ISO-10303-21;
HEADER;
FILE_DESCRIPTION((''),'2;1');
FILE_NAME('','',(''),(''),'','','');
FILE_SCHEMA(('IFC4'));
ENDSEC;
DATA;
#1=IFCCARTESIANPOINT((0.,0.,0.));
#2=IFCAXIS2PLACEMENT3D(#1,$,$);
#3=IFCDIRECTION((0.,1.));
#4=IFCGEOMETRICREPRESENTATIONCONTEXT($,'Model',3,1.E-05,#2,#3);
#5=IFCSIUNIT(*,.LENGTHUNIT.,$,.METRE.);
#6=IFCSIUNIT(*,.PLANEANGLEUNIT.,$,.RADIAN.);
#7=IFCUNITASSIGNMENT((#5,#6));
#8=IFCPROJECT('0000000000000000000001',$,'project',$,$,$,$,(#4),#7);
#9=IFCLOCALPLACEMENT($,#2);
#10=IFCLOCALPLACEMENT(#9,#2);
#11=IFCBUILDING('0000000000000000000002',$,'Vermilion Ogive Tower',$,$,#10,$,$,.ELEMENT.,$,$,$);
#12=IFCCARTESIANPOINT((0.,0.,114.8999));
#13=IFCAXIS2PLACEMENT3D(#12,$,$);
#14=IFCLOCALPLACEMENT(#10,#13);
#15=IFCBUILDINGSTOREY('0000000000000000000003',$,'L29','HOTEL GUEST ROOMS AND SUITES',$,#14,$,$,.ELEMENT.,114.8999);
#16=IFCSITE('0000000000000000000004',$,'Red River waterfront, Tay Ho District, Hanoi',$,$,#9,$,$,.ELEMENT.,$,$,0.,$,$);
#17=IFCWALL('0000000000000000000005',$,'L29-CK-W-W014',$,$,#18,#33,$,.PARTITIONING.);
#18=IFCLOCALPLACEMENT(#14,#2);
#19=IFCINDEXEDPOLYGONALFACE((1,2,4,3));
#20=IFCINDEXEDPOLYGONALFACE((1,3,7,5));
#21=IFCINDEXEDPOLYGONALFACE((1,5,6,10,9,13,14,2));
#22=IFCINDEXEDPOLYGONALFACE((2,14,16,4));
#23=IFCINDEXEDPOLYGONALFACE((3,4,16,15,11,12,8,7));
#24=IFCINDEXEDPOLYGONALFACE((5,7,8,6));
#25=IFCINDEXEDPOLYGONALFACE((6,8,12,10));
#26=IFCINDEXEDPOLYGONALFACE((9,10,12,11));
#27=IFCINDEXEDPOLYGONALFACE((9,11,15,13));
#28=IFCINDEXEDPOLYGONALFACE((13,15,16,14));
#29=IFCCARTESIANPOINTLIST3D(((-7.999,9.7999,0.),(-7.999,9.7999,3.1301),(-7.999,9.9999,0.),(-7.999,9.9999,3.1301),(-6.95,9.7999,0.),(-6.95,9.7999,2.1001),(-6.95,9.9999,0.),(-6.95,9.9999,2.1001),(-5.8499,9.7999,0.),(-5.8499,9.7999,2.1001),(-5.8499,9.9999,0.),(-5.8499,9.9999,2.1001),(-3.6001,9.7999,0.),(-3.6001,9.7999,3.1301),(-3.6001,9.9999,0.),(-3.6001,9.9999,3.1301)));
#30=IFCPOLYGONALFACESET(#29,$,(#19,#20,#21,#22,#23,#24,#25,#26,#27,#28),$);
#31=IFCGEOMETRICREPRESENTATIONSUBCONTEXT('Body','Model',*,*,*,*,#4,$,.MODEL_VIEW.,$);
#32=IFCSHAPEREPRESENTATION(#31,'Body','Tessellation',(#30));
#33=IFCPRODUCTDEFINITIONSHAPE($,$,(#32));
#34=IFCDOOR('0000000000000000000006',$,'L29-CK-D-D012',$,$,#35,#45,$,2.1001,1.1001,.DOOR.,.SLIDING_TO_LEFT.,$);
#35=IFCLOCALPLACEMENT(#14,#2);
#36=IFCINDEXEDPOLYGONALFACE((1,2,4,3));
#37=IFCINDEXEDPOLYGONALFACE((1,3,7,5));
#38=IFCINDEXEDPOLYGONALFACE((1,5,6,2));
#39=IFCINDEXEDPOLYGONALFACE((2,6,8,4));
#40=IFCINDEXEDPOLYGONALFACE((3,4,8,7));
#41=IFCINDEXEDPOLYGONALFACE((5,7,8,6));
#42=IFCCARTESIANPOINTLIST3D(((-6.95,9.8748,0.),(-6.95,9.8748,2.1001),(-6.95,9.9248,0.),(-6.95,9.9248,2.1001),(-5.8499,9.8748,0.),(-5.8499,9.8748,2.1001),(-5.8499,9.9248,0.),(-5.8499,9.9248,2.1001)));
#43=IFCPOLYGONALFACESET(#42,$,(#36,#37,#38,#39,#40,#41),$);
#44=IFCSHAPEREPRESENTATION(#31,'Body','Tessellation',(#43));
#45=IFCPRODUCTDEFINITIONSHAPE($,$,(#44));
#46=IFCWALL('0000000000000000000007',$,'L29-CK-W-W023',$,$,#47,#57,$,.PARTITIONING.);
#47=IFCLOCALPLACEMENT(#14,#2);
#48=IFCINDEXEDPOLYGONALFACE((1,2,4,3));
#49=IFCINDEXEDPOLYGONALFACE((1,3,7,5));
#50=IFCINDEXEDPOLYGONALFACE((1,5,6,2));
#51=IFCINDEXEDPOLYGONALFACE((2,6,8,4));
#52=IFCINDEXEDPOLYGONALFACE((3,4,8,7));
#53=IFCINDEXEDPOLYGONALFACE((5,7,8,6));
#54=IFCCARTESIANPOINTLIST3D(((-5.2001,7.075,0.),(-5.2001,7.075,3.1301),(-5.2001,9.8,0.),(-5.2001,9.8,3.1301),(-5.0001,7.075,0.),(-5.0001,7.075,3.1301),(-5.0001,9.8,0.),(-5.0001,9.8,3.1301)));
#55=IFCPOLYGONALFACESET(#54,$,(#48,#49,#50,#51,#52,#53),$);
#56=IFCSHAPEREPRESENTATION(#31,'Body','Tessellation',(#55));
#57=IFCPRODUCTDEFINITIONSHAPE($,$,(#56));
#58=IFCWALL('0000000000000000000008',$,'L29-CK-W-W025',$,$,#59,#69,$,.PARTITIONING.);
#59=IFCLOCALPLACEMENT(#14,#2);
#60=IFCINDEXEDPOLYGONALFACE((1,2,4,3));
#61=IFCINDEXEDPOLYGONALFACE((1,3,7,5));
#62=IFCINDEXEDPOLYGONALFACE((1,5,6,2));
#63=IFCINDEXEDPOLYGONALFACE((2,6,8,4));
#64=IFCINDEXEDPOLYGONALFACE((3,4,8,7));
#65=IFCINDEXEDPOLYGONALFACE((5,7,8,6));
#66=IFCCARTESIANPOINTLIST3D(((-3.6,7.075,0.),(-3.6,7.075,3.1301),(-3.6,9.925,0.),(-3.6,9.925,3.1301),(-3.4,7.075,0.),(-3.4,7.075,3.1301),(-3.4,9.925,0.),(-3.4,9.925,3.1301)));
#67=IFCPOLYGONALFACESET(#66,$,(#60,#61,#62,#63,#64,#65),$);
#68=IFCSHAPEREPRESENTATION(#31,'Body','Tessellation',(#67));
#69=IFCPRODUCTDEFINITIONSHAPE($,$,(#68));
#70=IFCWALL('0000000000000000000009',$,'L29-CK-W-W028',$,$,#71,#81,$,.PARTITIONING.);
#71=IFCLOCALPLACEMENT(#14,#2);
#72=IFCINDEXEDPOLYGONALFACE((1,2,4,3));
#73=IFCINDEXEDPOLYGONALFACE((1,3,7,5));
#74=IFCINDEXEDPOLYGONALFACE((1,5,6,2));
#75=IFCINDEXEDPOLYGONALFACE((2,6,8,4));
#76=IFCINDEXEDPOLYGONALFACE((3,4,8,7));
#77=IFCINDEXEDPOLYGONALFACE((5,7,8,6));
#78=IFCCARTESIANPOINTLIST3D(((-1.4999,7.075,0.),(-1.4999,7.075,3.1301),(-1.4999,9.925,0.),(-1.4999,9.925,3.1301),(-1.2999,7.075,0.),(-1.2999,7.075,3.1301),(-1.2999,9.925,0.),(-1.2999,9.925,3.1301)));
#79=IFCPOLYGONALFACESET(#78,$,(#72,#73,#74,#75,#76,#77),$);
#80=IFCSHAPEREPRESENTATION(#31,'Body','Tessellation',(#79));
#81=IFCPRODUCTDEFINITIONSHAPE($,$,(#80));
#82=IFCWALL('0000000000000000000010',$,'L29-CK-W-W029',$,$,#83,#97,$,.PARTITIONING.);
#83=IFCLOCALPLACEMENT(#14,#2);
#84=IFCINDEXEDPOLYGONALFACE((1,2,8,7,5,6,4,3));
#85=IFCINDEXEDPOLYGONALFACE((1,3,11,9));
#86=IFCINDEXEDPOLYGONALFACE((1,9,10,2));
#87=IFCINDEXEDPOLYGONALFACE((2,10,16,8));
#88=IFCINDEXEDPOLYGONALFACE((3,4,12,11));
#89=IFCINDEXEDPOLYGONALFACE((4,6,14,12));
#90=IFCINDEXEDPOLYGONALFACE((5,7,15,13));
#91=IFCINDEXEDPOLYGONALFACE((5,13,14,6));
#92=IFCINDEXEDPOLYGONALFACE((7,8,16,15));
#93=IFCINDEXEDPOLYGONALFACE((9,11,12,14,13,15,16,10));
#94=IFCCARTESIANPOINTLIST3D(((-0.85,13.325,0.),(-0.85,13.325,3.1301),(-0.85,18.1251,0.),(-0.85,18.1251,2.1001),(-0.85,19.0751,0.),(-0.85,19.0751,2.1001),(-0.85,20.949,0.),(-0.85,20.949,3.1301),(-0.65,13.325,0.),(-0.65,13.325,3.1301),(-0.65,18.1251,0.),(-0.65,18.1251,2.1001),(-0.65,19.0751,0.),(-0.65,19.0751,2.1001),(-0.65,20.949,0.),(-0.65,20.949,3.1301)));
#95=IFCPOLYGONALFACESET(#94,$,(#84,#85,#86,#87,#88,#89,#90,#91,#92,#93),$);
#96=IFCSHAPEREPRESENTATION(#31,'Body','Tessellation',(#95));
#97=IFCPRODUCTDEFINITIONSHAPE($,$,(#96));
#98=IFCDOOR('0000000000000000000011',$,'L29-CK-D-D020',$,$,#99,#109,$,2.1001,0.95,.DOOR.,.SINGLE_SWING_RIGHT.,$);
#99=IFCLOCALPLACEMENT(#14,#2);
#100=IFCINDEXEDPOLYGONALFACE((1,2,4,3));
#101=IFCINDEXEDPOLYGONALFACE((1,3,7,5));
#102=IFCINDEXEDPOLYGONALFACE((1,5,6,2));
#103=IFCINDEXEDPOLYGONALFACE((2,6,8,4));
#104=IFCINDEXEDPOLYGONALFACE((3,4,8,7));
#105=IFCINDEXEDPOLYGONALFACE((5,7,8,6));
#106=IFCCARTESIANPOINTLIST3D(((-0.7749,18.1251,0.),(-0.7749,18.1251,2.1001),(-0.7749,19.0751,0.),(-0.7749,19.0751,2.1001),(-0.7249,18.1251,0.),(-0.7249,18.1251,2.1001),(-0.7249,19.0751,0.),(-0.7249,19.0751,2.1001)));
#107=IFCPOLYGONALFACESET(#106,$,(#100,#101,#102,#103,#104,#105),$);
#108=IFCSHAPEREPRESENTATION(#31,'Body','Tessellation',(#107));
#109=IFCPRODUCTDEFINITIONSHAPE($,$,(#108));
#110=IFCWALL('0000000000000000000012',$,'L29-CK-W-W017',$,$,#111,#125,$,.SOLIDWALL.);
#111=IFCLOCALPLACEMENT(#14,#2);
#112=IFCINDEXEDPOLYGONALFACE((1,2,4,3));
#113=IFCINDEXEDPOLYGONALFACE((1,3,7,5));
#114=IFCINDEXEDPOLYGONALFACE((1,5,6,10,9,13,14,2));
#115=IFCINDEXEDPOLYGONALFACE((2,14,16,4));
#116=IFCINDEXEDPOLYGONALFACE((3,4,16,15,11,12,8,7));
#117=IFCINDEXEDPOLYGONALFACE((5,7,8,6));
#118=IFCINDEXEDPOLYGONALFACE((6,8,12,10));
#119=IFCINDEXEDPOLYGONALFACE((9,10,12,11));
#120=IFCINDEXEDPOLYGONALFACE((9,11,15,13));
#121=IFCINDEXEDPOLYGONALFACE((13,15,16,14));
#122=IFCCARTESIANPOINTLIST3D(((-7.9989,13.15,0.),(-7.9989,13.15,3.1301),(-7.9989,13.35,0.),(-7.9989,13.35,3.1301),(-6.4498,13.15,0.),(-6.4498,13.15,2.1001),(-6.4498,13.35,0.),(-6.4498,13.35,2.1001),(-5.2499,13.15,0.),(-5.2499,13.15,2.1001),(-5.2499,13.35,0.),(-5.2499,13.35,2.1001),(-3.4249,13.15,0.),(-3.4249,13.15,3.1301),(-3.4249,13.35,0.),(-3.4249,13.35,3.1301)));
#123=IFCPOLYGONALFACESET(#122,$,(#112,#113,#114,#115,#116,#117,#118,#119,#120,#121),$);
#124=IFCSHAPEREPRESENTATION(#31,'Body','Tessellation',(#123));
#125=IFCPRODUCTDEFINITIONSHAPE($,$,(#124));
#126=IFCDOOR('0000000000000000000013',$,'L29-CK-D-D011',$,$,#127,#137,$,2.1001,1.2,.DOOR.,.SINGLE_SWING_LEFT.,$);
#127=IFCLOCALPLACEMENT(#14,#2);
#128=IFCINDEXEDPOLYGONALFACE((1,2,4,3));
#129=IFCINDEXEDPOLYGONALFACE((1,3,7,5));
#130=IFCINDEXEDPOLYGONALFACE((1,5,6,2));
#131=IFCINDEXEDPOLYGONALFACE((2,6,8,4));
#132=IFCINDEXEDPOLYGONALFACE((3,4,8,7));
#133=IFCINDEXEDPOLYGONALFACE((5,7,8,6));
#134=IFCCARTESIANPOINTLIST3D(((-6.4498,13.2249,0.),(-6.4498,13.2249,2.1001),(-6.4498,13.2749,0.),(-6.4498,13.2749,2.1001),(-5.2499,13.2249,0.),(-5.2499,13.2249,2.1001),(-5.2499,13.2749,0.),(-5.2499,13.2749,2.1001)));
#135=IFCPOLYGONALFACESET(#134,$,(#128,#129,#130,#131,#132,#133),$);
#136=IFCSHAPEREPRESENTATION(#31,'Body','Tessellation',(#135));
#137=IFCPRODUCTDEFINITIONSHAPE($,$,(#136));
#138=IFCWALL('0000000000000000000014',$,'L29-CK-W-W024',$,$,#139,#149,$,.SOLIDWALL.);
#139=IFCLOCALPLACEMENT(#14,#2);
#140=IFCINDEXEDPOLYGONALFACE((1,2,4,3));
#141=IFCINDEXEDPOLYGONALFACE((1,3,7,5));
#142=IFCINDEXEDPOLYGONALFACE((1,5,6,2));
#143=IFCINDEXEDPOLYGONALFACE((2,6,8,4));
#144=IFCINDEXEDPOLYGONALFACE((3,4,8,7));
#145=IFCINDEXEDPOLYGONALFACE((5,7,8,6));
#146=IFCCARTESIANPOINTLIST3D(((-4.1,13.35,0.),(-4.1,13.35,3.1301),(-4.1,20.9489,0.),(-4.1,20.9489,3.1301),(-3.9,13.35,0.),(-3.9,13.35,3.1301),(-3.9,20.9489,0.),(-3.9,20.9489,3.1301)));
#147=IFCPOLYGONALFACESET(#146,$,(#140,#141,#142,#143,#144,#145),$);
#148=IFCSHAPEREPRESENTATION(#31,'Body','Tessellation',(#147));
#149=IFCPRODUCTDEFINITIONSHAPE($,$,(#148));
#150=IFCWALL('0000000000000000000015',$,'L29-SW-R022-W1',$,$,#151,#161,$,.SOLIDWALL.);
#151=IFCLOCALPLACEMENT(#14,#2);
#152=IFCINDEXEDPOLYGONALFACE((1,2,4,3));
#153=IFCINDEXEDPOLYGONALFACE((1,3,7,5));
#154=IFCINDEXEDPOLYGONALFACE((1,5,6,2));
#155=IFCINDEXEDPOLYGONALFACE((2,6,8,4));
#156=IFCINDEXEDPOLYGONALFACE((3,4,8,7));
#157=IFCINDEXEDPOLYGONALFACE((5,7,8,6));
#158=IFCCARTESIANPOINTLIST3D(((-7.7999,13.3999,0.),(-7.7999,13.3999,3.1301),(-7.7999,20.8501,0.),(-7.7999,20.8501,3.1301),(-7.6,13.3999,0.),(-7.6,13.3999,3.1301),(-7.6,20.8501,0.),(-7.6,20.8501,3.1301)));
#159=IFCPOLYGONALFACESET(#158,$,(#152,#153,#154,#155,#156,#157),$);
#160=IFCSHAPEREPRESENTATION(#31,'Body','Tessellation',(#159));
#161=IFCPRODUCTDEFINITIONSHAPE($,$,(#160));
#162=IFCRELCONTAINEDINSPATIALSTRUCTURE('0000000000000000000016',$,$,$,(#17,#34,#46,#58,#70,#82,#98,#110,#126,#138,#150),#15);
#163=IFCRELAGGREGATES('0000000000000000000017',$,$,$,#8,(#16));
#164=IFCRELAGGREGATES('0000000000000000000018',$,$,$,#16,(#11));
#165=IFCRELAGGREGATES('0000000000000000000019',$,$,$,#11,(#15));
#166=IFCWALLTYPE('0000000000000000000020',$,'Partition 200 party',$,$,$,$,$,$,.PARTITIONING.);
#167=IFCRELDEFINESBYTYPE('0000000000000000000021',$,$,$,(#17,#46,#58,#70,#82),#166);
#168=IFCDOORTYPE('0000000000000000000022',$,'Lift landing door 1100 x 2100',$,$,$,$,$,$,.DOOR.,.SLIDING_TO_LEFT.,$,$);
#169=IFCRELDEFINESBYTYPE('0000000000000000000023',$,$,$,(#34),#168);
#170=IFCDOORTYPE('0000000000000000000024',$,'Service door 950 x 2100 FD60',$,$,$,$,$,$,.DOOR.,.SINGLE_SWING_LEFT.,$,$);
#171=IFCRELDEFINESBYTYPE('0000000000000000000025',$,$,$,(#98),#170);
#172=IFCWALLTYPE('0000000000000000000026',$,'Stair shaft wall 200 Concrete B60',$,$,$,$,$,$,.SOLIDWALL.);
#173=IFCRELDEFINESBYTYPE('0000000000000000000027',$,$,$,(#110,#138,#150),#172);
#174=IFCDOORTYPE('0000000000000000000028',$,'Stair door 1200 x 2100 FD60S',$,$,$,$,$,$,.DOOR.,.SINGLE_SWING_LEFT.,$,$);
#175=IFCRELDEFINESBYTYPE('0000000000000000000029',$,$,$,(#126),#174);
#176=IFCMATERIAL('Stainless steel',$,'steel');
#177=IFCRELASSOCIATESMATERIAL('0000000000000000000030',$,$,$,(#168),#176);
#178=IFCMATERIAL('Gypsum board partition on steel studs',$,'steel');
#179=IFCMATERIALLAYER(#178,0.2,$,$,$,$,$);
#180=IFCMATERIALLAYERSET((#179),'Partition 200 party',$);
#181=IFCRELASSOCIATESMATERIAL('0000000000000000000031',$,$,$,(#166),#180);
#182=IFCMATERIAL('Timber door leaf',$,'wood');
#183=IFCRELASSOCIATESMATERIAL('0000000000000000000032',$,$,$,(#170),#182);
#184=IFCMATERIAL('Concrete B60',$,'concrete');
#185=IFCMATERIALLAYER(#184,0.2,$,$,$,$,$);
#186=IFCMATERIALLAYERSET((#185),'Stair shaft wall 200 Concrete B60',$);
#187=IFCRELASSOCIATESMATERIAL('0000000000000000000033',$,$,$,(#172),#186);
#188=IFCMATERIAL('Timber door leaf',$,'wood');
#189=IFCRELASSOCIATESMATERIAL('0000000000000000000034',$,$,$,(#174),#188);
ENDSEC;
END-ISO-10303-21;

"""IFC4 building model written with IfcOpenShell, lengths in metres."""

from ifc_helpers import new_model, si_unit, direction, frame, frame_2d, origin, place, context, subcontext, project, spatial, rectangle, extrude, material, layer, layer_set, type_object, element, fill, save


model = new_model("IFC4")

# Units and contexts
model_context = context("Model", 3, precision=1e-05, world=origin(), true_north=direction((0.0, 1.0)))
body_context = subcontext(model_context, "Body", "Model", "MODEL_VIEW")
ifc_project = project(units=[si_unit("LENGTHUNIT", "METRE"), si_unit("PLANEANGLEUNIT", "RADIAN")], contexts=[model_context])

# Site, building, storey
site_placement = place(None, origin())
site = spatial("IfcSite", under=ifc_project, at=site_placement, Name="Red River waterfront, Tay Ho District, Hanoi", CompositionType="ELEMENT", RefElevation=0.0)
building_placement = place(site_placement, origin())
building = spatial("IfcBuilding", under=site, at=building_placement, Name="Vermilion Ogive Tower", CompositionType="ELEMENT")
storey_placement = place(building_placement, frame((0.0, 0.0, 114.8999)))
storey = spatial("IfcBuildingStorey", under=building, at=storey_placement, Name="L29", Description="HOTEL GUEST ROOMS AND SUITES", CompositionType="ELEMENT", Elevation=114.8999)

# Shared definitions
ifc_material_1 = material(Name="Stainless steel", Category="steel")
door_type_1 = type_object("IfcDoorType", Name="Lift landing door 1100 x 2100", OperationType="SLIDING_TO_LEFT", PredefinedType="DOOR", material=ifc_material_1)

# Wall, opening, door
ifc_material_2 = material(Name="Gypsum board partition on steel studs", Category="steel")
ifc_layer_1 = layer(ifc_material_2, 0.2)
ifc_layer_set_1 = layer_set([ifc_layer_1], Name="Partition 200 party")
wall_type_1 = type_object("IfcWallType", Name="Partition 200 party", PredefinedType="PARTITIONING", material=ifc_layer_set_1)
wall_1_placement = place(storey_placement, frame((-7.999, 9.8999, 0.0), z_axis=(0.0, 0.0, 1.0), x_axis=(1.0, 0.0, 0.0)))
wall_1 = element("IfcWall", 1, at=wall_1_placement, inside=storey, type_object=wall_type_1, Name="L29-CK-W-W014", PredefinedType="PARTITIONING", context=body_context, shape_type="SweptSolid", body=[
    extrude(rectangle(XDim=4.3989, YDim=0.2, at=frame_2d((2.1995, 0.0))), origin(), (0.0, 0.0, 1.0), 3.1301),
])
opening_1_placement = place(wall_1_placement, frame((1.0491, 0.0, 0.0)))
opening_1 = element("IfcOpeningElement", 2, at=opening_1_placement, cuts=wall_1, PredefinedType="OPENING", context=body_context, shape_type="SweptSolid", body=[
    extrude(rectangle(XDim=1.1001, YDim=2.1001, at=frame_2d((0.55, 1.05))), frame((0.0, 0.1099, 0.0), z_axis=(0.0, -1.0, 0.0), x_axis=(1.0, 0.0, 0.0)), (0.0, 0.0, 1.0), 0.22),
])
door_1_placement = place(opening_1_placement, origin())
door_1 = element("IfcDoor", 3, at=door_1_placement, inside=storey, type_object=door_type_1, Name="L29-CK-D-D012", OperationType="SLIDING_TO_LEFT", OverallHeight=2.1001, OverallWidth=1.1001, PredefinedType="DOOR", context=body_context, shape_type="SweptSolid", body=[
    extrude(rectangle(XDim=1.1001, YDim=2.1001, at=frame_2d((0.55, 1.05))), frame((0.0, 0.0249, 0.0), z_axis=(0.0, -1.0, 0.0), x_axis=(1.0, 0.0, 0.0)), (0.0, 0.0, 1.0), 0.05),
])
fill(opening_1, door_1)

# Walls
wall_2_placement = place(storey_placement, frame((-5.1001, 7.075, 0.0), z_axis=(0.0, 0.0, 1.0), x_axis=(0.0, 1.0, 0.0)))
element("IfcWall", 4, at=wall_2_placement, inside=storey, type_object=wall_type_1, Name="L29-CK-W-W023", PredefinedType="PARTITIONING", context=body_context, shape_type="SweptSolid", body=[
    extrude(rectangle(XDim=2.7251, YDim=0.2, at=frame_2d((1.3625, 0.0))), origin(), (0.0, 0.0, 1.0), 3.1301),
])
for number, where, z_axis, x_axis, name in (
    (5, (-3.5, 7.075, 0.0), (0.0, 0.0, 1.0), (0.0, 1.0, 0.0), "L29-CK-W-W025"),
    (6, (-1.3999, 7.075, 0.0), (0.0, 0.0, 1.0), (0.0, 1.0, 0.0), "L29-CK-W-W028"),
):
    element("IfcWall", number, at=place(storey_placement, frame(where, z_axis=z_axis, x_axis=x_axis)), inside=storey, type_object=wall_type_1, Name=name, PredefinedType="PARTITIONING", context=body_context, shape_type="SweptSolid", body=[
        extrude(rectangle(XDim=2.8501, YDim=0.2, at=frame_2d((1.425, 0.0))), origin(), (0.0, 0.0, 1.0), 3.1301),
    ])

# Walls, openings, doors
wall_3_placement = place(storey_placement, frame((-0.75, 13.325, 0.0), z_axis=(0.0, 0.0, 1.0), x_axis=(0.0, 1.0, 0.0)))
wall_3 = element("IfcWall", 7, at=wall_3_placement, inside=storey, type_object=wall_type_1, Name="L29-CK-W-W029", PredefinedType="PARTITIONING", context=body_context, shape_type="SweptSolid", body=[
    extrude(rectangle(XDim=7.624, YDim=0.2, at=frame_2d((3.812, 0.0))), origin(), (0.0, 0.0, 1.0), 3.1301),
])
opening_2_placement = place(wall_3_placement, frame((4.8, 0.0, 0.0)))
opening_2 = element("IfcOpeningElement", 8, at=opening_2_placement, cuts=wall_3, PredefinedType="OPENING", context=body_context, shape_type="SweptSolid", body=[
    extrude(rectangle(XDim=0.95, YDim=2.1001, at=frame_2d((0.4751, 1.05))), frame((0.0, 0.1099, 0.0), z_axis=(0.0, -1.0, 0.0), x_axis=(1.0, 0.0, 0.0)), (0.0, 0.0, 1.0), 0.22),
])
ifc_material_3 = material(Name="Timber door leaf", Category="wood")
door_type_2 = type_object("IfcDoorType", Name="Service door 950 x 2100 FD60", OperationType="SINGLE_SWING_LEFT", PredefinedType="DOOR", material=ifc_material_3)
door_2_placement = place(opening_2_placement, origin())
door_2 = element("IfcDoor", 9, at=door_2_placement, inside=storey, type_object=door_type_2, Name="L29-CK-D-D020", OperationType="SINGLE_SWING_RIGHT", OverallHeight=2.1001, OverallWidth=0.95, PredefinedType="DOOR", context=body_context, shape_type="SweptSolid", body=[
    extrude(rectangle(XDim=0.95, YDim=2.1001, at=frame_2d((0.4751, 1.05))), frame((0.0, 0.0249, 0.0), z_axis=(0.0, -1.0, 0.0), x_axis=(1.0, 0.0, 0.0)), (0.0, 0.0, 1.0), 0.05),
])
fill(opening_2, door_2)
ifc_material_4 = material(Name="Concrete B60", Category="concrete")
ifc_layer_2 = layer(ifc_material_4, 0.2)
ifc_layer_set_2 = layer_set([ifc_layer_2], Name="Stair shaft wall 200 Concrete B60")
wall_type_2 = type_object("IfcWallType", Name="Stair shaft wall 200 Concrete B60", PredefinedType="SOLIDWALL", material=ifc_layer_set_2)
wall_4_placement = place(storey_placement, frame((-7.999, 13.25, 0.0), z_axis=(0.0, 0.0, 1.0), x_axis=(1.0, 0.0, 0.0)))
wall_4 = element("IfcWall", 10, at=wall_4_placement, inside=storey, type_object=wall_type_2, Name="L29-CK-W-W017", PredefinedType="SOLIDWALL", context=body_context, shape_type="SweptSolid", body=[
    extrude(rectangle(XDim=4.574, YDim=0.2, at=frame_2d((2.2871, 0.0))), origin(), (0.0, 0.0, 1.0), 3.1301),
])
opening_3_placement = place(wall_4_placement, frame((1.5491, 0.0, 0.0)))
opening_3 = element("IfcOpeningElement", 11, at=opening_3_placement, cuts=wall_4, PredefinedType="OPENING", context=body_context, shape_type="SweptSolid", body=[
    extrude(rectangle(XDim=1.2, YDim=2.1001, at=frame_2d((0.6001, 1.05))), frame((0.0, 0.1099, 0.0), z_axis=(0.0, -1.0, 0.0), x_axis=(1.0, 0.0, 0.0)), (0.0, 0.0, 1.0), 0.22),
])
ifc_material_5 = material(Name="Timber door leaf", Category="wood")
door_type_3 = type_object("IfcDoorType", Name="Stair door 1200 x 2100 FD60S", OperationType="SINGLE_SWING_LEFT", PredefinedType="DOOR", material=ifc_material_5)
door_3_placement = place(opening_3_placement, origin())
door_3 = element("IfcDoor", 12, at=door_3_placement, inside=storey, type_object=door_type_3, Name="L29-CK-D-D011", OperationType="SINGLE_SWING_LEFT", OverallHeight=2.1001, OverallWidth=1.2, PredefinedType="DOOR", context=body_context, shape_type="SweptSolid", body=[
    extrude(rectangle(XDim=1.2, YDim=2.1001, at=frame_2d((0.6001, 1.05))), frame((0.0, 0.0249, 0.0), z_axis=(0.0, -1.0, 0.0), x_axis=(1.0, 0.0, 0.0)), (0.0, 0.0, 1.0), 0.05),
])
fill(opening_3, door_3)

# Walls
wall_5_placement = place(storey_placement, frame((-4.0, 13.3501, 0.0), z_axis=(0.0, 0.0, 1.0), x_axis=(0.0, 1.0, 0.0)))
element("IfcWall", 13, at=wall_5_placement, inside=storey, type_object=wall_type_2, Name="L29-CK-W-W024", PredefinedType="SOLIDWALL", context=body_context, shape_type="SweptSolid", body=[
    extrude(rectangle(XDim=7.5989, YDim=0.2, at=frame_2d((3.7993, 0.0))), origin(), (0.0, 0.0, 1.0), 3.1301),
])
wall_6_placement = place(storey_placement, frame((-7.7, 13.3999, 0.0), z_axis=(0.0, 0.0, 1.0), x_axis=(0.0, 1.0, 0.0)))
element("IfcWall", 14, at=wall_6_placement, inside=storey, type_object=wall_type_2, Name="L29-SW-R022-W1", PredefinedType="SOLIDWALL", context=body_context, shape_type="SweptSolid", body=[
    extrude(rectangle(XDim=7.4502, YDim=0.2, at=frame_2d((3.7251, 0.0))), origin(), (0.0, 0.0, 1.0), 3.1301),
])

save(model, "model.ifc")
